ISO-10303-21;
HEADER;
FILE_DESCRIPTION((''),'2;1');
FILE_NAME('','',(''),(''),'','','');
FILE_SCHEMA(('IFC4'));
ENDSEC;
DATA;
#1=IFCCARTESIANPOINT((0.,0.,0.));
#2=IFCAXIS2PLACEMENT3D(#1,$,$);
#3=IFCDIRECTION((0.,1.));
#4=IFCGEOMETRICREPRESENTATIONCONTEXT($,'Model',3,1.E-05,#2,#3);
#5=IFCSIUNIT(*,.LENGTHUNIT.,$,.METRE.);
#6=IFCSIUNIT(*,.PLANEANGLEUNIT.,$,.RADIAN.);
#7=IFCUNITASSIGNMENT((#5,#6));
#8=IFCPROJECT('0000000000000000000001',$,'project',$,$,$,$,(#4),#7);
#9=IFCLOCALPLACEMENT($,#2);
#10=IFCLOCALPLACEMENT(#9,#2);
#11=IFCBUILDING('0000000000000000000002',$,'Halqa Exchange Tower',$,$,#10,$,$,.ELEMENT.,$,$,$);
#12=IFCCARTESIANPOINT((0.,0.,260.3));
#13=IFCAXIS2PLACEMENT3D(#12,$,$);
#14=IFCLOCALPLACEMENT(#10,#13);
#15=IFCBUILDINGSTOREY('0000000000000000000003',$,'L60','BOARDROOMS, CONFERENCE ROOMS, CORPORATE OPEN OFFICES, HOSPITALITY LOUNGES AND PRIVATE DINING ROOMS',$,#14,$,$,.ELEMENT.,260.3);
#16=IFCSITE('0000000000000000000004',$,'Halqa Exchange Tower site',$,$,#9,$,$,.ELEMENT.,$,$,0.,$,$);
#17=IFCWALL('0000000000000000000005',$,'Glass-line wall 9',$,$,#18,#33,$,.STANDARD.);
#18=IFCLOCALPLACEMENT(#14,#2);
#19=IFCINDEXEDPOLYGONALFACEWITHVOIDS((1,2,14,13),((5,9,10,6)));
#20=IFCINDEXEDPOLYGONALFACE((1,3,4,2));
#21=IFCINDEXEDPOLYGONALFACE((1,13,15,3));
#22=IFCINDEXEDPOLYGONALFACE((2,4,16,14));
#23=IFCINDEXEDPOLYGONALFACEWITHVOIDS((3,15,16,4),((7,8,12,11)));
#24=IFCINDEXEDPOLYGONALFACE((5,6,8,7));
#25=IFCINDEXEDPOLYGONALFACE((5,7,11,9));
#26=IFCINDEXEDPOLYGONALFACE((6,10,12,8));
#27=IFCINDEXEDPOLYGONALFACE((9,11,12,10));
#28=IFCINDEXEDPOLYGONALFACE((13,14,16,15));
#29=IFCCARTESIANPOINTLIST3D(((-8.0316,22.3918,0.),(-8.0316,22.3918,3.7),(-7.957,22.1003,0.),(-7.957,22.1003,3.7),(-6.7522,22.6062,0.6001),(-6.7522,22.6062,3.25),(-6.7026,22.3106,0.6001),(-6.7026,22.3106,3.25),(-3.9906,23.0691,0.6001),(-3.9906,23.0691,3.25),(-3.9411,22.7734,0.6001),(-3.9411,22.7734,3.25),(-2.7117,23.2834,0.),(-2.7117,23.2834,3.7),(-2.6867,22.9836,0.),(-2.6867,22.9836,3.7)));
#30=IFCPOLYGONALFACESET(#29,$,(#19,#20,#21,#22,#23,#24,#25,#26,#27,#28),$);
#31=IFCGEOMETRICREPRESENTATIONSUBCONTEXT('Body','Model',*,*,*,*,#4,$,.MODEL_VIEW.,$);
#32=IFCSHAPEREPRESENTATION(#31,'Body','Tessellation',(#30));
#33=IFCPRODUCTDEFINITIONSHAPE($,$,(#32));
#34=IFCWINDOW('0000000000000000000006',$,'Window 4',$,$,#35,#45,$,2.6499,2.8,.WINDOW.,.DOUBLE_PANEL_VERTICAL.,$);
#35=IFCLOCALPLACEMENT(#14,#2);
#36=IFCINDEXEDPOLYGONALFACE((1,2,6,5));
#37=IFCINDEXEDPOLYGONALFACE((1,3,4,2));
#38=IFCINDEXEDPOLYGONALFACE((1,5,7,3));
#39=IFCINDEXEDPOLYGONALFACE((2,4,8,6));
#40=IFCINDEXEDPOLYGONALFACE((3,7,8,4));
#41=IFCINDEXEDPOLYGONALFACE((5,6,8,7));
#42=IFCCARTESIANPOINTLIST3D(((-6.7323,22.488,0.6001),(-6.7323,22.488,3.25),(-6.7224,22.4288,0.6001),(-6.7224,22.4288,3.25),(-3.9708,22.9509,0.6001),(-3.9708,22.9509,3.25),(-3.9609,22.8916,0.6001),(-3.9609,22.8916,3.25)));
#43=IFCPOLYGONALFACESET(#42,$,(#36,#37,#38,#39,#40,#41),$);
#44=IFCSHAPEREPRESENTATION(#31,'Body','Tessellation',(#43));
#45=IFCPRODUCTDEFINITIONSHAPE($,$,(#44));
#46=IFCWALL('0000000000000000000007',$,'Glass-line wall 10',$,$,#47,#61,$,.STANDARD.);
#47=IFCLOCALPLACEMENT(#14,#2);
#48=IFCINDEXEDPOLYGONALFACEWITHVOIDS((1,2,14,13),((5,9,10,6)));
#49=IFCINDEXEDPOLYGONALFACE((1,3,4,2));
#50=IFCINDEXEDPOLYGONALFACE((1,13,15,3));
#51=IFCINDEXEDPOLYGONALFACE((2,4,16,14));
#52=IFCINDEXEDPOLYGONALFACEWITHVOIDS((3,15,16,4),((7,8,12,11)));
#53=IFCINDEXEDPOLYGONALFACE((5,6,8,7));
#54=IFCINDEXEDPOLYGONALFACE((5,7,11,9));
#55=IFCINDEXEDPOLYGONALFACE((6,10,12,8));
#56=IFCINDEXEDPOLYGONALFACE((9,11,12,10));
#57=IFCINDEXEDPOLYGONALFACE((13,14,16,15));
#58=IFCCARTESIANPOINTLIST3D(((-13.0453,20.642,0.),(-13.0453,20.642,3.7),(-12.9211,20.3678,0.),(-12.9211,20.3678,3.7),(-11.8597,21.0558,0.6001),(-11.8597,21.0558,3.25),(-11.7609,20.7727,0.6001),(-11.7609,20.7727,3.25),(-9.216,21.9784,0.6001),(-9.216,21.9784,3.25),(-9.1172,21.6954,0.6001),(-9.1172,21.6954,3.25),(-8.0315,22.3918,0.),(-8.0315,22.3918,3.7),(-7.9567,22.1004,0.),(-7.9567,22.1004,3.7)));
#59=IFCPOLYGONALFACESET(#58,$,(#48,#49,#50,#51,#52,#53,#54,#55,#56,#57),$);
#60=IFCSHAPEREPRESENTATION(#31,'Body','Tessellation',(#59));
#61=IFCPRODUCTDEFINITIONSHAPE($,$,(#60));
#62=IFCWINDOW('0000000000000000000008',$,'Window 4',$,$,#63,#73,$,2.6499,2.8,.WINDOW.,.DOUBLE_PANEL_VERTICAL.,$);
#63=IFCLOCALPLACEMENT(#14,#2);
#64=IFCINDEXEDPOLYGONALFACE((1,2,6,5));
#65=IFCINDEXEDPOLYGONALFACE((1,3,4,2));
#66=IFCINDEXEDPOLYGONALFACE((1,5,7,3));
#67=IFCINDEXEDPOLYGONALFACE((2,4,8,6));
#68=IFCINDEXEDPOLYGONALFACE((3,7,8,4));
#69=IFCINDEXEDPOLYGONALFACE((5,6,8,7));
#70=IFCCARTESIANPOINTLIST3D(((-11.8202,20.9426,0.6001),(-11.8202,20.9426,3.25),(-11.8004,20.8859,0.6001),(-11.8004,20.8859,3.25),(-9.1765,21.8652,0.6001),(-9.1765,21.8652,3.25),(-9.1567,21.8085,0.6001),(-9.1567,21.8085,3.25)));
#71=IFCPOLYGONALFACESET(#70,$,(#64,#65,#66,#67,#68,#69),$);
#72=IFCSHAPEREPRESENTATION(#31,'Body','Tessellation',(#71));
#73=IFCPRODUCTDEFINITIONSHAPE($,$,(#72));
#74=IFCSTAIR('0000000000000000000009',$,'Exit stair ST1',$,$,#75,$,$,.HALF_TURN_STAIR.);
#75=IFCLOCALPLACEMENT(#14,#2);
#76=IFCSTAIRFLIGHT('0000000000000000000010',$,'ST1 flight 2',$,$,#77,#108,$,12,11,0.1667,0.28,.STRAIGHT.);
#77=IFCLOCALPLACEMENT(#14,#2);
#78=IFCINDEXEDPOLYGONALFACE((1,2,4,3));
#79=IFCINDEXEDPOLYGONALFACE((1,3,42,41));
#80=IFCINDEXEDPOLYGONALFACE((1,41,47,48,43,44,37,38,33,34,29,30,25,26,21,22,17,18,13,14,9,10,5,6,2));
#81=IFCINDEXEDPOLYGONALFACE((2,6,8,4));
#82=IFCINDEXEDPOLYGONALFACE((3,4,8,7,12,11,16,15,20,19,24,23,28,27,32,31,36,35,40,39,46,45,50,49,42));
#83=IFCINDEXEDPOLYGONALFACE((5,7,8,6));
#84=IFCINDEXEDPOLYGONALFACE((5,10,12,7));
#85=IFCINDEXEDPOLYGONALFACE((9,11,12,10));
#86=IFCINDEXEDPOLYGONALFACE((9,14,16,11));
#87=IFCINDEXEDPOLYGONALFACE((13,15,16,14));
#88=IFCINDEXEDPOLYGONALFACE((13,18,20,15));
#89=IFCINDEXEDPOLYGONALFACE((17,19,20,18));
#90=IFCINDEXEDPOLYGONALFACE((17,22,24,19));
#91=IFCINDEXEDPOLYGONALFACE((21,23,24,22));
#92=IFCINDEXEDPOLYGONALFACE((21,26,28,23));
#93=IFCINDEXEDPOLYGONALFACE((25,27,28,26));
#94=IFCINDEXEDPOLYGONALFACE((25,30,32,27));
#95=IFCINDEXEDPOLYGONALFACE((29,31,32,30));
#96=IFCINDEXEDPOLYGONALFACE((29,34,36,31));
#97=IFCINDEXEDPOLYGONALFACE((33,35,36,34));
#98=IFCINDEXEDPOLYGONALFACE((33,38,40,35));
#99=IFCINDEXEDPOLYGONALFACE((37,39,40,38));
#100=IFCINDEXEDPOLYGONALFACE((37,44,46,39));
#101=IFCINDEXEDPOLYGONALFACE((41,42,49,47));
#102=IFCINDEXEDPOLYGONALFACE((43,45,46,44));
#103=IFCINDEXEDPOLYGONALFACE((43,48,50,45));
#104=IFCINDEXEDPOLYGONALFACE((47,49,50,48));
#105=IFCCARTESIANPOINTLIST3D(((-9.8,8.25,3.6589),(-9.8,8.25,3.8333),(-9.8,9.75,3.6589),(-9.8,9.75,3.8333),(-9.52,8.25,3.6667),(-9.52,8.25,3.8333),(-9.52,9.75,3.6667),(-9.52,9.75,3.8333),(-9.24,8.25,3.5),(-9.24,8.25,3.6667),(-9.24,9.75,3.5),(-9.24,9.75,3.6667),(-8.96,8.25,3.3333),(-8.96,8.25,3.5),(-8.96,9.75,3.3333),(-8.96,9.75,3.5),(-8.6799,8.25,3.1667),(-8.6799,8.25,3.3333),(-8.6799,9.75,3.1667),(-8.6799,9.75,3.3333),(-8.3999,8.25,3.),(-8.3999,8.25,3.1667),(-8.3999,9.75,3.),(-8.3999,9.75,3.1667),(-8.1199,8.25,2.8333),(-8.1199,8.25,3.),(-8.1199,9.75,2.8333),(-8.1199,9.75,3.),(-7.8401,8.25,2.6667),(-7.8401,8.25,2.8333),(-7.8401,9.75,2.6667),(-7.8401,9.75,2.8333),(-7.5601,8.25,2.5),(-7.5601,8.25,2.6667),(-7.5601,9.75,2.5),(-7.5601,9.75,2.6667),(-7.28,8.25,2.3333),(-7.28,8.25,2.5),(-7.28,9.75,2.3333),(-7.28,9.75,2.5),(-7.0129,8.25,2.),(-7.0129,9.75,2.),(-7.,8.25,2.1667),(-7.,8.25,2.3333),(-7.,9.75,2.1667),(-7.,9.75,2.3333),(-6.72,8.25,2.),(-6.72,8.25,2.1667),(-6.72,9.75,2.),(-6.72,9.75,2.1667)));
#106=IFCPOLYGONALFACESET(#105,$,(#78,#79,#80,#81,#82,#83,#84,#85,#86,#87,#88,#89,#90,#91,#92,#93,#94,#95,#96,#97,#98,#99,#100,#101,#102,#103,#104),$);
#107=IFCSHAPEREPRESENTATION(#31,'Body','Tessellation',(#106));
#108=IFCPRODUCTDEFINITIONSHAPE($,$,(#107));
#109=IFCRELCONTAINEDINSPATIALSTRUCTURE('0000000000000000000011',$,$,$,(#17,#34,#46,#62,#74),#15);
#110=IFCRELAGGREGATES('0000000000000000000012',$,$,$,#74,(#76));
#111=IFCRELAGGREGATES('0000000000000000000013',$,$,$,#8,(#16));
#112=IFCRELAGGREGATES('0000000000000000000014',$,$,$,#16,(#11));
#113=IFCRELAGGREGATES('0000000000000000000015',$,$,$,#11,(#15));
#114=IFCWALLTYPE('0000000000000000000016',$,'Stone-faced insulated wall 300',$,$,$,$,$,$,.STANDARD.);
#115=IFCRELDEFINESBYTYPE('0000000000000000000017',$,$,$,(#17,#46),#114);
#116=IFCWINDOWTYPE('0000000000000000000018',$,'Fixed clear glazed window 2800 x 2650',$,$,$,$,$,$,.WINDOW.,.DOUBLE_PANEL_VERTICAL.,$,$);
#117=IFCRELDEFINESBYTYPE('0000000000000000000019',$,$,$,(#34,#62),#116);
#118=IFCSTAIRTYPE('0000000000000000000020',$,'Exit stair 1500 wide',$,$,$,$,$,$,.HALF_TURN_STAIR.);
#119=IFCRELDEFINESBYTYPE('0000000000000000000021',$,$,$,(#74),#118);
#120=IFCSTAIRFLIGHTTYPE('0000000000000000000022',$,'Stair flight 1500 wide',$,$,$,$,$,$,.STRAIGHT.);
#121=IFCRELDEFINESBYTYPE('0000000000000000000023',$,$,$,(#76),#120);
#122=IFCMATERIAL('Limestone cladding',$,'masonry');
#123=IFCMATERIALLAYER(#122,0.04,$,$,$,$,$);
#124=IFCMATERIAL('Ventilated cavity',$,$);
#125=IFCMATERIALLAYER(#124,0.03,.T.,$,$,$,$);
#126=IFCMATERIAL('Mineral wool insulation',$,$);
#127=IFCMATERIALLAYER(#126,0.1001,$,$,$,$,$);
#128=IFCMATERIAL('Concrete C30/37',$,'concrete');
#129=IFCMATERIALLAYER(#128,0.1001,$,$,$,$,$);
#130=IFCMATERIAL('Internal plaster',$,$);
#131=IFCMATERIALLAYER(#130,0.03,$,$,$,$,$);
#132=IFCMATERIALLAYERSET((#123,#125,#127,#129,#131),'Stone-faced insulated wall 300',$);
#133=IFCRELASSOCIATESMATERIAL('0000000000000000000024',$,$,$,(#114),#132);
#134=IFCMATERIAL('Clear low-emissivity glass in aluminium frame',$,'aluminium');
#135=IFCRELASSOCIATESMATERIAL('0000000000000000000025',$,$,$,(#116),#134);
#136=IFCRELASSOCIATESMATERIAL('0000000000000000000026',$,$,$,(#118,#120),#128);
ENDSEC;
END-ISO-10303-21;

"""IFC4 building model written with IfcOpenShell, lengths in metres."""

from ifc_helpers import new_model, si_unit, direction, frame, frame_2d, origin, place, context, subcontext, project, spatial, polyline, rectangle, outline, extrude, material, layer, layer_set, type_object, element, fill, aggregate, save


model = new_model("IFC4")

# Units and contexts
model_context = context("Model", 3, precision=1e-05, world=origin(), true_north=direction((0.0, 1.0)))
body_context = subcontext(model_context, "Body", "Model", "MODEL_VIEW")
ifc_project = project(units=[si_unit("LENGTHUNIT", "METRE"), si_unit("PLANEANGLEUNIT", "RADIAN")], contexts=[model_context])

# Site, building, storey
site_placement = place(None, origin())
site = spatial("IfcSite", under=ifc_project, at=site_placement, Name="Halqa Exchange Tower site", CompositionType="ELEMENT", RefElevation=0.0)
building_placement = place(site_placement, origin())
building = spatial("IfcBuilding", under=site, at=building_placement, Name="Halqa Exchange Tower", CompositionType="ELEMENT")
storey_placement = place(building_placement, frame((0.0, 0.0, 260.3)))
storey = spatial("IfcBuildingStorey", under=building, at=storey_placement, Name="L60", Description="BOARDROOMS, CONFERENCE ROOMS, CORPORATE OPEN OFFICES, HOSPITALITY LOUNGES AND PRIVATE DINING ROOMS", CompositionType="ELEMENT", Elevation=260.3)

# Shared definitions
ifc_material_1 = material(Name="Concrete C30/37", Category="concrete")

# Walls, openings, windows
ifc_material_2 = material(Name="Limestone cladding", Category="masonry")
ifc_layer_1 = layer(ifc_material_2, 0.04)
ifc_material_3 = material(Name="Ventilated cavity")
ifc_layer_2 = layer(ifc_material_3, 0.03, ventilated=True)
ifc_material_4 = material(Name="Mineral wool insulation")
ifc_layer_3 = layer(ifc_material_4, 0.1001)
ifc_layer_4 = layer(ifc_material_1, 0.1001)
ifc_material_5 = material(Name="Internal plaster")
ifc_layer_5 = layer(ifc_material_5, 0.03)
ifc_layer_set_1 = layer_set([ifc_layer_1, ifc_layer_2, ifc_layer_3, ifc_layer_4, ifc_layer_5], Name="Stone-faced insulated wall 300")
wall_type_1 = type_object("IfcWallType", Name="Stone-faced insulated wall 300", PredefinedType="STANDARD", material=ifc_layer_set_1)
wall_1_placement = place(storey_placement, frame((-2.6992, 23.1335, 0.0), z_axis=(0.0, 0.0, 1.0), x_axis=(-0.986244, -0.165299, 0.0)))
wall_1 = element("IfcWall", 1, at=wall_1_placement, inside=storey, type_object=wall_type_1, Name="Glass-line wall 9", PredefinedType="STANDARD", context=body_context, shape_type="SweptSolid", body=[
    extrude(outline(polyline([(-0.0125, -0.1499), (5.3816, -0.1499), (5.3562, 0.1499), (0.0125, 0.1499), (-0.0125, -0.1499)])), origin(), (0.0, 0.0, 1.0), 3.7),
])
opening_1_placement = place(wall_1_placement, frame((1.2844, 0.0, 0.6001)))
opening_1 = element("IfcOpeningElement", 2, at=opening_1_placement, cuts=wall_1, PredefinedType="OPENING", context=body_context, shape_type="SweptSolid", body=[
    extrude(rectangle(XDim=2.8, YDim=2.6499, at=frame_2d((1.3999, 1.325))), frame((0.0, 0.1621, 0.0), z_axis=(0.0, -1.0, 0.0), x_axis=(1.0, 0.0, 0.0)), (0.0, 0.0, 1.0), 0.324),
])
ifc_material_6 = material(Name="Clear low-emissivity glass in aluminium frame", Category="aluminium")
window_type = type_object("IfcWindowType", Name="Fixed clear glazed window 2800 x 2650", PartitioningType="DOUBLE_PANEL_VERTICAL", PredefinedType="WINDOW", material=ifc_material_6)
window_1_placement = place(opening_1_placement, origin())
window_1 = element("IfcWindow", 3, at=window_1_placement, inside=storey, type_object=window_type, Name="Window 4", OverallHeight=2.6499, OverallWidth=2.8, PartitioningType="DOUBLE_PANEL_VERTICAL", PredefinedType="WINDOW", context=body_context, shape_type="SweptSolid", body=[
    extrude(rectangle(XDim=2.8, YDim=2.6499, at=frame_2d((1.3999, 1.325))), frame((0.0, 0.03, 0.0), z_axis=(0.0, -1.0, 0.0), x_axis=(1.0, 0.0, 0.0)), (0.0, 0.0, 1.0), 0.0601),
])
fill(opening_1, window_1)
wall_2_placement = place(storey_placement, frame((-7.9941, 22.2461, 0.0), z_axis=(0.0, 0.0, 1.0), x_axis=(-0.94415, -0.329517, 0.0)))
wall_2 = element("IfcWall", 4, at=wall_2_placement, inside=storey, type_object=wall_type_1, Name="Glass-line wall 10", PredefinedType="STANDARD", context=body_context, shape_type="SweptSolid", body=[
    extrude(outline(polyline([(-0.0127, -0.1499), (5.2976, -0.1499), (5.2708, 0.1499), (0.0127, 0.1499), (-0.0127, -0.1499)])), origin(), (0.0, 0.0, 1.0), 3.7),
])
opening_2_placement = place(wall_2_placement, frame((1.2419, 0.0, 0.6001)))
opening_2 = element("IfcOpeningElement", 5, at=opening_2_placement, cuts=wall_2, PredefinedType="OPENING", context=body_context, shape_type="SweptSolid", body=[
    extrude(rectangle(XDim=2.8, YDim=2.6499, at=frame_2d((1.3999, 1.325))), frame((0.0, 0.1621, 0.0), z_axis=(0.0, -1.0, 0.0), x_axis=(1.0, 0.0, 0.0)), (0.0, 0.0, 1.0), 0.324),
])
window_2_placement = place(opening_2_placement, origin())
window_2 = element("IfcWindow", 6, at=window_2_placement, inside=storey, type_object=window_type, Name="Window 4", OverallHeight=2.6499, OverallWidth=2.8, PartitioningType="DOUBLE_PANEL_VERTICAL", PredefinedType="WINDOW", context=body_context, shape_type="SweptSolid", body=[
    extrude(rectangle(XDim=2.8, YDim=2.6499, at=frame_2d((1.3999, 1.325))), frame((0.0, 0.03, 0.0), z_axis=(0.0, -1.0, 0.0), x_axis=(1.0, 0.0, 0.0)), (0.0, 0.0, 1.0), 0.0601),
])
fill(opening_2, window_2)

# Stair, stair flight
stair_type = type_object("IfcStairType", Name="Exit stair 1500 wide", PredefinedType="HALF_TURN_STAIR", material=ifc_material_1)
stair_placement = place(storey_placement, origin())
stair = element("IfcStair", 7, at=stair_placement, inside=storey, type_object=stair_type, Name="Exit stair ST1", PredefinedType="HALF_TURN_STAIR")
stair_flight_type = type_object("IfcStairFlightType", Name="Stair flight 1500 wide", PredefinedType="STRAIGHT", material=ifc_material_1)
stair_flight_placement = place(storey_placement, frame((-6.72, 9.0, 2.0), z_axis=(0.0, 0.0, 1.0), x_axis=(-1.0, 0.0, 0.0)))
stair_flight = element("IfcStairFlight", 8, at=stair_flight_placement, type_object=stair_flight_type, Name="ST1 flight 2", NumberOfRisers=12, NumberOfTreads=11, PredefinedType="STRAIGHT", RiserHeight=0.1667, TreadLength=0.28, context=body_context, shape_type="SweptSolid", body=[
    extrude(outline(polyline([(0.0, 0.0), (0.0, 0.1667), (0.28, 0.1667), (0.28, 0.3333), (0.5601, 0.3333), (0.5601, 0.5), (0.8401, 0.5), (0.8401, 0.6667), (1.1201, 0.6667), (1.1201, 0.8333), (1.3999, 0.8333), (1.3999, 1.0), (1.6799, 1.0), (1.6799, 1.1667), (1.96, 1.1667), (1.96, 1.3333), (2.24, 1.3333), (2.24, 1.5), (2.52, 1.5), (2.52, 1.6667), (2.8, 1.6667), (2.8, 1.8333), (3.0801, 1.8333), (3.0801, 2.0), (3.0801, 1.6589), (0.293, 0.0), (0.0, 0.0)])), frame((0.0, 0.75, 0.0), z_axis=(0.0, -1.0, 0.0), x_axis=(1.0, 0.0, 0.0)), (0.0, 0.0, 1.0), 1.5),
])
aggregate(stair, [stair_flight])

save(model, "model.ifc")
